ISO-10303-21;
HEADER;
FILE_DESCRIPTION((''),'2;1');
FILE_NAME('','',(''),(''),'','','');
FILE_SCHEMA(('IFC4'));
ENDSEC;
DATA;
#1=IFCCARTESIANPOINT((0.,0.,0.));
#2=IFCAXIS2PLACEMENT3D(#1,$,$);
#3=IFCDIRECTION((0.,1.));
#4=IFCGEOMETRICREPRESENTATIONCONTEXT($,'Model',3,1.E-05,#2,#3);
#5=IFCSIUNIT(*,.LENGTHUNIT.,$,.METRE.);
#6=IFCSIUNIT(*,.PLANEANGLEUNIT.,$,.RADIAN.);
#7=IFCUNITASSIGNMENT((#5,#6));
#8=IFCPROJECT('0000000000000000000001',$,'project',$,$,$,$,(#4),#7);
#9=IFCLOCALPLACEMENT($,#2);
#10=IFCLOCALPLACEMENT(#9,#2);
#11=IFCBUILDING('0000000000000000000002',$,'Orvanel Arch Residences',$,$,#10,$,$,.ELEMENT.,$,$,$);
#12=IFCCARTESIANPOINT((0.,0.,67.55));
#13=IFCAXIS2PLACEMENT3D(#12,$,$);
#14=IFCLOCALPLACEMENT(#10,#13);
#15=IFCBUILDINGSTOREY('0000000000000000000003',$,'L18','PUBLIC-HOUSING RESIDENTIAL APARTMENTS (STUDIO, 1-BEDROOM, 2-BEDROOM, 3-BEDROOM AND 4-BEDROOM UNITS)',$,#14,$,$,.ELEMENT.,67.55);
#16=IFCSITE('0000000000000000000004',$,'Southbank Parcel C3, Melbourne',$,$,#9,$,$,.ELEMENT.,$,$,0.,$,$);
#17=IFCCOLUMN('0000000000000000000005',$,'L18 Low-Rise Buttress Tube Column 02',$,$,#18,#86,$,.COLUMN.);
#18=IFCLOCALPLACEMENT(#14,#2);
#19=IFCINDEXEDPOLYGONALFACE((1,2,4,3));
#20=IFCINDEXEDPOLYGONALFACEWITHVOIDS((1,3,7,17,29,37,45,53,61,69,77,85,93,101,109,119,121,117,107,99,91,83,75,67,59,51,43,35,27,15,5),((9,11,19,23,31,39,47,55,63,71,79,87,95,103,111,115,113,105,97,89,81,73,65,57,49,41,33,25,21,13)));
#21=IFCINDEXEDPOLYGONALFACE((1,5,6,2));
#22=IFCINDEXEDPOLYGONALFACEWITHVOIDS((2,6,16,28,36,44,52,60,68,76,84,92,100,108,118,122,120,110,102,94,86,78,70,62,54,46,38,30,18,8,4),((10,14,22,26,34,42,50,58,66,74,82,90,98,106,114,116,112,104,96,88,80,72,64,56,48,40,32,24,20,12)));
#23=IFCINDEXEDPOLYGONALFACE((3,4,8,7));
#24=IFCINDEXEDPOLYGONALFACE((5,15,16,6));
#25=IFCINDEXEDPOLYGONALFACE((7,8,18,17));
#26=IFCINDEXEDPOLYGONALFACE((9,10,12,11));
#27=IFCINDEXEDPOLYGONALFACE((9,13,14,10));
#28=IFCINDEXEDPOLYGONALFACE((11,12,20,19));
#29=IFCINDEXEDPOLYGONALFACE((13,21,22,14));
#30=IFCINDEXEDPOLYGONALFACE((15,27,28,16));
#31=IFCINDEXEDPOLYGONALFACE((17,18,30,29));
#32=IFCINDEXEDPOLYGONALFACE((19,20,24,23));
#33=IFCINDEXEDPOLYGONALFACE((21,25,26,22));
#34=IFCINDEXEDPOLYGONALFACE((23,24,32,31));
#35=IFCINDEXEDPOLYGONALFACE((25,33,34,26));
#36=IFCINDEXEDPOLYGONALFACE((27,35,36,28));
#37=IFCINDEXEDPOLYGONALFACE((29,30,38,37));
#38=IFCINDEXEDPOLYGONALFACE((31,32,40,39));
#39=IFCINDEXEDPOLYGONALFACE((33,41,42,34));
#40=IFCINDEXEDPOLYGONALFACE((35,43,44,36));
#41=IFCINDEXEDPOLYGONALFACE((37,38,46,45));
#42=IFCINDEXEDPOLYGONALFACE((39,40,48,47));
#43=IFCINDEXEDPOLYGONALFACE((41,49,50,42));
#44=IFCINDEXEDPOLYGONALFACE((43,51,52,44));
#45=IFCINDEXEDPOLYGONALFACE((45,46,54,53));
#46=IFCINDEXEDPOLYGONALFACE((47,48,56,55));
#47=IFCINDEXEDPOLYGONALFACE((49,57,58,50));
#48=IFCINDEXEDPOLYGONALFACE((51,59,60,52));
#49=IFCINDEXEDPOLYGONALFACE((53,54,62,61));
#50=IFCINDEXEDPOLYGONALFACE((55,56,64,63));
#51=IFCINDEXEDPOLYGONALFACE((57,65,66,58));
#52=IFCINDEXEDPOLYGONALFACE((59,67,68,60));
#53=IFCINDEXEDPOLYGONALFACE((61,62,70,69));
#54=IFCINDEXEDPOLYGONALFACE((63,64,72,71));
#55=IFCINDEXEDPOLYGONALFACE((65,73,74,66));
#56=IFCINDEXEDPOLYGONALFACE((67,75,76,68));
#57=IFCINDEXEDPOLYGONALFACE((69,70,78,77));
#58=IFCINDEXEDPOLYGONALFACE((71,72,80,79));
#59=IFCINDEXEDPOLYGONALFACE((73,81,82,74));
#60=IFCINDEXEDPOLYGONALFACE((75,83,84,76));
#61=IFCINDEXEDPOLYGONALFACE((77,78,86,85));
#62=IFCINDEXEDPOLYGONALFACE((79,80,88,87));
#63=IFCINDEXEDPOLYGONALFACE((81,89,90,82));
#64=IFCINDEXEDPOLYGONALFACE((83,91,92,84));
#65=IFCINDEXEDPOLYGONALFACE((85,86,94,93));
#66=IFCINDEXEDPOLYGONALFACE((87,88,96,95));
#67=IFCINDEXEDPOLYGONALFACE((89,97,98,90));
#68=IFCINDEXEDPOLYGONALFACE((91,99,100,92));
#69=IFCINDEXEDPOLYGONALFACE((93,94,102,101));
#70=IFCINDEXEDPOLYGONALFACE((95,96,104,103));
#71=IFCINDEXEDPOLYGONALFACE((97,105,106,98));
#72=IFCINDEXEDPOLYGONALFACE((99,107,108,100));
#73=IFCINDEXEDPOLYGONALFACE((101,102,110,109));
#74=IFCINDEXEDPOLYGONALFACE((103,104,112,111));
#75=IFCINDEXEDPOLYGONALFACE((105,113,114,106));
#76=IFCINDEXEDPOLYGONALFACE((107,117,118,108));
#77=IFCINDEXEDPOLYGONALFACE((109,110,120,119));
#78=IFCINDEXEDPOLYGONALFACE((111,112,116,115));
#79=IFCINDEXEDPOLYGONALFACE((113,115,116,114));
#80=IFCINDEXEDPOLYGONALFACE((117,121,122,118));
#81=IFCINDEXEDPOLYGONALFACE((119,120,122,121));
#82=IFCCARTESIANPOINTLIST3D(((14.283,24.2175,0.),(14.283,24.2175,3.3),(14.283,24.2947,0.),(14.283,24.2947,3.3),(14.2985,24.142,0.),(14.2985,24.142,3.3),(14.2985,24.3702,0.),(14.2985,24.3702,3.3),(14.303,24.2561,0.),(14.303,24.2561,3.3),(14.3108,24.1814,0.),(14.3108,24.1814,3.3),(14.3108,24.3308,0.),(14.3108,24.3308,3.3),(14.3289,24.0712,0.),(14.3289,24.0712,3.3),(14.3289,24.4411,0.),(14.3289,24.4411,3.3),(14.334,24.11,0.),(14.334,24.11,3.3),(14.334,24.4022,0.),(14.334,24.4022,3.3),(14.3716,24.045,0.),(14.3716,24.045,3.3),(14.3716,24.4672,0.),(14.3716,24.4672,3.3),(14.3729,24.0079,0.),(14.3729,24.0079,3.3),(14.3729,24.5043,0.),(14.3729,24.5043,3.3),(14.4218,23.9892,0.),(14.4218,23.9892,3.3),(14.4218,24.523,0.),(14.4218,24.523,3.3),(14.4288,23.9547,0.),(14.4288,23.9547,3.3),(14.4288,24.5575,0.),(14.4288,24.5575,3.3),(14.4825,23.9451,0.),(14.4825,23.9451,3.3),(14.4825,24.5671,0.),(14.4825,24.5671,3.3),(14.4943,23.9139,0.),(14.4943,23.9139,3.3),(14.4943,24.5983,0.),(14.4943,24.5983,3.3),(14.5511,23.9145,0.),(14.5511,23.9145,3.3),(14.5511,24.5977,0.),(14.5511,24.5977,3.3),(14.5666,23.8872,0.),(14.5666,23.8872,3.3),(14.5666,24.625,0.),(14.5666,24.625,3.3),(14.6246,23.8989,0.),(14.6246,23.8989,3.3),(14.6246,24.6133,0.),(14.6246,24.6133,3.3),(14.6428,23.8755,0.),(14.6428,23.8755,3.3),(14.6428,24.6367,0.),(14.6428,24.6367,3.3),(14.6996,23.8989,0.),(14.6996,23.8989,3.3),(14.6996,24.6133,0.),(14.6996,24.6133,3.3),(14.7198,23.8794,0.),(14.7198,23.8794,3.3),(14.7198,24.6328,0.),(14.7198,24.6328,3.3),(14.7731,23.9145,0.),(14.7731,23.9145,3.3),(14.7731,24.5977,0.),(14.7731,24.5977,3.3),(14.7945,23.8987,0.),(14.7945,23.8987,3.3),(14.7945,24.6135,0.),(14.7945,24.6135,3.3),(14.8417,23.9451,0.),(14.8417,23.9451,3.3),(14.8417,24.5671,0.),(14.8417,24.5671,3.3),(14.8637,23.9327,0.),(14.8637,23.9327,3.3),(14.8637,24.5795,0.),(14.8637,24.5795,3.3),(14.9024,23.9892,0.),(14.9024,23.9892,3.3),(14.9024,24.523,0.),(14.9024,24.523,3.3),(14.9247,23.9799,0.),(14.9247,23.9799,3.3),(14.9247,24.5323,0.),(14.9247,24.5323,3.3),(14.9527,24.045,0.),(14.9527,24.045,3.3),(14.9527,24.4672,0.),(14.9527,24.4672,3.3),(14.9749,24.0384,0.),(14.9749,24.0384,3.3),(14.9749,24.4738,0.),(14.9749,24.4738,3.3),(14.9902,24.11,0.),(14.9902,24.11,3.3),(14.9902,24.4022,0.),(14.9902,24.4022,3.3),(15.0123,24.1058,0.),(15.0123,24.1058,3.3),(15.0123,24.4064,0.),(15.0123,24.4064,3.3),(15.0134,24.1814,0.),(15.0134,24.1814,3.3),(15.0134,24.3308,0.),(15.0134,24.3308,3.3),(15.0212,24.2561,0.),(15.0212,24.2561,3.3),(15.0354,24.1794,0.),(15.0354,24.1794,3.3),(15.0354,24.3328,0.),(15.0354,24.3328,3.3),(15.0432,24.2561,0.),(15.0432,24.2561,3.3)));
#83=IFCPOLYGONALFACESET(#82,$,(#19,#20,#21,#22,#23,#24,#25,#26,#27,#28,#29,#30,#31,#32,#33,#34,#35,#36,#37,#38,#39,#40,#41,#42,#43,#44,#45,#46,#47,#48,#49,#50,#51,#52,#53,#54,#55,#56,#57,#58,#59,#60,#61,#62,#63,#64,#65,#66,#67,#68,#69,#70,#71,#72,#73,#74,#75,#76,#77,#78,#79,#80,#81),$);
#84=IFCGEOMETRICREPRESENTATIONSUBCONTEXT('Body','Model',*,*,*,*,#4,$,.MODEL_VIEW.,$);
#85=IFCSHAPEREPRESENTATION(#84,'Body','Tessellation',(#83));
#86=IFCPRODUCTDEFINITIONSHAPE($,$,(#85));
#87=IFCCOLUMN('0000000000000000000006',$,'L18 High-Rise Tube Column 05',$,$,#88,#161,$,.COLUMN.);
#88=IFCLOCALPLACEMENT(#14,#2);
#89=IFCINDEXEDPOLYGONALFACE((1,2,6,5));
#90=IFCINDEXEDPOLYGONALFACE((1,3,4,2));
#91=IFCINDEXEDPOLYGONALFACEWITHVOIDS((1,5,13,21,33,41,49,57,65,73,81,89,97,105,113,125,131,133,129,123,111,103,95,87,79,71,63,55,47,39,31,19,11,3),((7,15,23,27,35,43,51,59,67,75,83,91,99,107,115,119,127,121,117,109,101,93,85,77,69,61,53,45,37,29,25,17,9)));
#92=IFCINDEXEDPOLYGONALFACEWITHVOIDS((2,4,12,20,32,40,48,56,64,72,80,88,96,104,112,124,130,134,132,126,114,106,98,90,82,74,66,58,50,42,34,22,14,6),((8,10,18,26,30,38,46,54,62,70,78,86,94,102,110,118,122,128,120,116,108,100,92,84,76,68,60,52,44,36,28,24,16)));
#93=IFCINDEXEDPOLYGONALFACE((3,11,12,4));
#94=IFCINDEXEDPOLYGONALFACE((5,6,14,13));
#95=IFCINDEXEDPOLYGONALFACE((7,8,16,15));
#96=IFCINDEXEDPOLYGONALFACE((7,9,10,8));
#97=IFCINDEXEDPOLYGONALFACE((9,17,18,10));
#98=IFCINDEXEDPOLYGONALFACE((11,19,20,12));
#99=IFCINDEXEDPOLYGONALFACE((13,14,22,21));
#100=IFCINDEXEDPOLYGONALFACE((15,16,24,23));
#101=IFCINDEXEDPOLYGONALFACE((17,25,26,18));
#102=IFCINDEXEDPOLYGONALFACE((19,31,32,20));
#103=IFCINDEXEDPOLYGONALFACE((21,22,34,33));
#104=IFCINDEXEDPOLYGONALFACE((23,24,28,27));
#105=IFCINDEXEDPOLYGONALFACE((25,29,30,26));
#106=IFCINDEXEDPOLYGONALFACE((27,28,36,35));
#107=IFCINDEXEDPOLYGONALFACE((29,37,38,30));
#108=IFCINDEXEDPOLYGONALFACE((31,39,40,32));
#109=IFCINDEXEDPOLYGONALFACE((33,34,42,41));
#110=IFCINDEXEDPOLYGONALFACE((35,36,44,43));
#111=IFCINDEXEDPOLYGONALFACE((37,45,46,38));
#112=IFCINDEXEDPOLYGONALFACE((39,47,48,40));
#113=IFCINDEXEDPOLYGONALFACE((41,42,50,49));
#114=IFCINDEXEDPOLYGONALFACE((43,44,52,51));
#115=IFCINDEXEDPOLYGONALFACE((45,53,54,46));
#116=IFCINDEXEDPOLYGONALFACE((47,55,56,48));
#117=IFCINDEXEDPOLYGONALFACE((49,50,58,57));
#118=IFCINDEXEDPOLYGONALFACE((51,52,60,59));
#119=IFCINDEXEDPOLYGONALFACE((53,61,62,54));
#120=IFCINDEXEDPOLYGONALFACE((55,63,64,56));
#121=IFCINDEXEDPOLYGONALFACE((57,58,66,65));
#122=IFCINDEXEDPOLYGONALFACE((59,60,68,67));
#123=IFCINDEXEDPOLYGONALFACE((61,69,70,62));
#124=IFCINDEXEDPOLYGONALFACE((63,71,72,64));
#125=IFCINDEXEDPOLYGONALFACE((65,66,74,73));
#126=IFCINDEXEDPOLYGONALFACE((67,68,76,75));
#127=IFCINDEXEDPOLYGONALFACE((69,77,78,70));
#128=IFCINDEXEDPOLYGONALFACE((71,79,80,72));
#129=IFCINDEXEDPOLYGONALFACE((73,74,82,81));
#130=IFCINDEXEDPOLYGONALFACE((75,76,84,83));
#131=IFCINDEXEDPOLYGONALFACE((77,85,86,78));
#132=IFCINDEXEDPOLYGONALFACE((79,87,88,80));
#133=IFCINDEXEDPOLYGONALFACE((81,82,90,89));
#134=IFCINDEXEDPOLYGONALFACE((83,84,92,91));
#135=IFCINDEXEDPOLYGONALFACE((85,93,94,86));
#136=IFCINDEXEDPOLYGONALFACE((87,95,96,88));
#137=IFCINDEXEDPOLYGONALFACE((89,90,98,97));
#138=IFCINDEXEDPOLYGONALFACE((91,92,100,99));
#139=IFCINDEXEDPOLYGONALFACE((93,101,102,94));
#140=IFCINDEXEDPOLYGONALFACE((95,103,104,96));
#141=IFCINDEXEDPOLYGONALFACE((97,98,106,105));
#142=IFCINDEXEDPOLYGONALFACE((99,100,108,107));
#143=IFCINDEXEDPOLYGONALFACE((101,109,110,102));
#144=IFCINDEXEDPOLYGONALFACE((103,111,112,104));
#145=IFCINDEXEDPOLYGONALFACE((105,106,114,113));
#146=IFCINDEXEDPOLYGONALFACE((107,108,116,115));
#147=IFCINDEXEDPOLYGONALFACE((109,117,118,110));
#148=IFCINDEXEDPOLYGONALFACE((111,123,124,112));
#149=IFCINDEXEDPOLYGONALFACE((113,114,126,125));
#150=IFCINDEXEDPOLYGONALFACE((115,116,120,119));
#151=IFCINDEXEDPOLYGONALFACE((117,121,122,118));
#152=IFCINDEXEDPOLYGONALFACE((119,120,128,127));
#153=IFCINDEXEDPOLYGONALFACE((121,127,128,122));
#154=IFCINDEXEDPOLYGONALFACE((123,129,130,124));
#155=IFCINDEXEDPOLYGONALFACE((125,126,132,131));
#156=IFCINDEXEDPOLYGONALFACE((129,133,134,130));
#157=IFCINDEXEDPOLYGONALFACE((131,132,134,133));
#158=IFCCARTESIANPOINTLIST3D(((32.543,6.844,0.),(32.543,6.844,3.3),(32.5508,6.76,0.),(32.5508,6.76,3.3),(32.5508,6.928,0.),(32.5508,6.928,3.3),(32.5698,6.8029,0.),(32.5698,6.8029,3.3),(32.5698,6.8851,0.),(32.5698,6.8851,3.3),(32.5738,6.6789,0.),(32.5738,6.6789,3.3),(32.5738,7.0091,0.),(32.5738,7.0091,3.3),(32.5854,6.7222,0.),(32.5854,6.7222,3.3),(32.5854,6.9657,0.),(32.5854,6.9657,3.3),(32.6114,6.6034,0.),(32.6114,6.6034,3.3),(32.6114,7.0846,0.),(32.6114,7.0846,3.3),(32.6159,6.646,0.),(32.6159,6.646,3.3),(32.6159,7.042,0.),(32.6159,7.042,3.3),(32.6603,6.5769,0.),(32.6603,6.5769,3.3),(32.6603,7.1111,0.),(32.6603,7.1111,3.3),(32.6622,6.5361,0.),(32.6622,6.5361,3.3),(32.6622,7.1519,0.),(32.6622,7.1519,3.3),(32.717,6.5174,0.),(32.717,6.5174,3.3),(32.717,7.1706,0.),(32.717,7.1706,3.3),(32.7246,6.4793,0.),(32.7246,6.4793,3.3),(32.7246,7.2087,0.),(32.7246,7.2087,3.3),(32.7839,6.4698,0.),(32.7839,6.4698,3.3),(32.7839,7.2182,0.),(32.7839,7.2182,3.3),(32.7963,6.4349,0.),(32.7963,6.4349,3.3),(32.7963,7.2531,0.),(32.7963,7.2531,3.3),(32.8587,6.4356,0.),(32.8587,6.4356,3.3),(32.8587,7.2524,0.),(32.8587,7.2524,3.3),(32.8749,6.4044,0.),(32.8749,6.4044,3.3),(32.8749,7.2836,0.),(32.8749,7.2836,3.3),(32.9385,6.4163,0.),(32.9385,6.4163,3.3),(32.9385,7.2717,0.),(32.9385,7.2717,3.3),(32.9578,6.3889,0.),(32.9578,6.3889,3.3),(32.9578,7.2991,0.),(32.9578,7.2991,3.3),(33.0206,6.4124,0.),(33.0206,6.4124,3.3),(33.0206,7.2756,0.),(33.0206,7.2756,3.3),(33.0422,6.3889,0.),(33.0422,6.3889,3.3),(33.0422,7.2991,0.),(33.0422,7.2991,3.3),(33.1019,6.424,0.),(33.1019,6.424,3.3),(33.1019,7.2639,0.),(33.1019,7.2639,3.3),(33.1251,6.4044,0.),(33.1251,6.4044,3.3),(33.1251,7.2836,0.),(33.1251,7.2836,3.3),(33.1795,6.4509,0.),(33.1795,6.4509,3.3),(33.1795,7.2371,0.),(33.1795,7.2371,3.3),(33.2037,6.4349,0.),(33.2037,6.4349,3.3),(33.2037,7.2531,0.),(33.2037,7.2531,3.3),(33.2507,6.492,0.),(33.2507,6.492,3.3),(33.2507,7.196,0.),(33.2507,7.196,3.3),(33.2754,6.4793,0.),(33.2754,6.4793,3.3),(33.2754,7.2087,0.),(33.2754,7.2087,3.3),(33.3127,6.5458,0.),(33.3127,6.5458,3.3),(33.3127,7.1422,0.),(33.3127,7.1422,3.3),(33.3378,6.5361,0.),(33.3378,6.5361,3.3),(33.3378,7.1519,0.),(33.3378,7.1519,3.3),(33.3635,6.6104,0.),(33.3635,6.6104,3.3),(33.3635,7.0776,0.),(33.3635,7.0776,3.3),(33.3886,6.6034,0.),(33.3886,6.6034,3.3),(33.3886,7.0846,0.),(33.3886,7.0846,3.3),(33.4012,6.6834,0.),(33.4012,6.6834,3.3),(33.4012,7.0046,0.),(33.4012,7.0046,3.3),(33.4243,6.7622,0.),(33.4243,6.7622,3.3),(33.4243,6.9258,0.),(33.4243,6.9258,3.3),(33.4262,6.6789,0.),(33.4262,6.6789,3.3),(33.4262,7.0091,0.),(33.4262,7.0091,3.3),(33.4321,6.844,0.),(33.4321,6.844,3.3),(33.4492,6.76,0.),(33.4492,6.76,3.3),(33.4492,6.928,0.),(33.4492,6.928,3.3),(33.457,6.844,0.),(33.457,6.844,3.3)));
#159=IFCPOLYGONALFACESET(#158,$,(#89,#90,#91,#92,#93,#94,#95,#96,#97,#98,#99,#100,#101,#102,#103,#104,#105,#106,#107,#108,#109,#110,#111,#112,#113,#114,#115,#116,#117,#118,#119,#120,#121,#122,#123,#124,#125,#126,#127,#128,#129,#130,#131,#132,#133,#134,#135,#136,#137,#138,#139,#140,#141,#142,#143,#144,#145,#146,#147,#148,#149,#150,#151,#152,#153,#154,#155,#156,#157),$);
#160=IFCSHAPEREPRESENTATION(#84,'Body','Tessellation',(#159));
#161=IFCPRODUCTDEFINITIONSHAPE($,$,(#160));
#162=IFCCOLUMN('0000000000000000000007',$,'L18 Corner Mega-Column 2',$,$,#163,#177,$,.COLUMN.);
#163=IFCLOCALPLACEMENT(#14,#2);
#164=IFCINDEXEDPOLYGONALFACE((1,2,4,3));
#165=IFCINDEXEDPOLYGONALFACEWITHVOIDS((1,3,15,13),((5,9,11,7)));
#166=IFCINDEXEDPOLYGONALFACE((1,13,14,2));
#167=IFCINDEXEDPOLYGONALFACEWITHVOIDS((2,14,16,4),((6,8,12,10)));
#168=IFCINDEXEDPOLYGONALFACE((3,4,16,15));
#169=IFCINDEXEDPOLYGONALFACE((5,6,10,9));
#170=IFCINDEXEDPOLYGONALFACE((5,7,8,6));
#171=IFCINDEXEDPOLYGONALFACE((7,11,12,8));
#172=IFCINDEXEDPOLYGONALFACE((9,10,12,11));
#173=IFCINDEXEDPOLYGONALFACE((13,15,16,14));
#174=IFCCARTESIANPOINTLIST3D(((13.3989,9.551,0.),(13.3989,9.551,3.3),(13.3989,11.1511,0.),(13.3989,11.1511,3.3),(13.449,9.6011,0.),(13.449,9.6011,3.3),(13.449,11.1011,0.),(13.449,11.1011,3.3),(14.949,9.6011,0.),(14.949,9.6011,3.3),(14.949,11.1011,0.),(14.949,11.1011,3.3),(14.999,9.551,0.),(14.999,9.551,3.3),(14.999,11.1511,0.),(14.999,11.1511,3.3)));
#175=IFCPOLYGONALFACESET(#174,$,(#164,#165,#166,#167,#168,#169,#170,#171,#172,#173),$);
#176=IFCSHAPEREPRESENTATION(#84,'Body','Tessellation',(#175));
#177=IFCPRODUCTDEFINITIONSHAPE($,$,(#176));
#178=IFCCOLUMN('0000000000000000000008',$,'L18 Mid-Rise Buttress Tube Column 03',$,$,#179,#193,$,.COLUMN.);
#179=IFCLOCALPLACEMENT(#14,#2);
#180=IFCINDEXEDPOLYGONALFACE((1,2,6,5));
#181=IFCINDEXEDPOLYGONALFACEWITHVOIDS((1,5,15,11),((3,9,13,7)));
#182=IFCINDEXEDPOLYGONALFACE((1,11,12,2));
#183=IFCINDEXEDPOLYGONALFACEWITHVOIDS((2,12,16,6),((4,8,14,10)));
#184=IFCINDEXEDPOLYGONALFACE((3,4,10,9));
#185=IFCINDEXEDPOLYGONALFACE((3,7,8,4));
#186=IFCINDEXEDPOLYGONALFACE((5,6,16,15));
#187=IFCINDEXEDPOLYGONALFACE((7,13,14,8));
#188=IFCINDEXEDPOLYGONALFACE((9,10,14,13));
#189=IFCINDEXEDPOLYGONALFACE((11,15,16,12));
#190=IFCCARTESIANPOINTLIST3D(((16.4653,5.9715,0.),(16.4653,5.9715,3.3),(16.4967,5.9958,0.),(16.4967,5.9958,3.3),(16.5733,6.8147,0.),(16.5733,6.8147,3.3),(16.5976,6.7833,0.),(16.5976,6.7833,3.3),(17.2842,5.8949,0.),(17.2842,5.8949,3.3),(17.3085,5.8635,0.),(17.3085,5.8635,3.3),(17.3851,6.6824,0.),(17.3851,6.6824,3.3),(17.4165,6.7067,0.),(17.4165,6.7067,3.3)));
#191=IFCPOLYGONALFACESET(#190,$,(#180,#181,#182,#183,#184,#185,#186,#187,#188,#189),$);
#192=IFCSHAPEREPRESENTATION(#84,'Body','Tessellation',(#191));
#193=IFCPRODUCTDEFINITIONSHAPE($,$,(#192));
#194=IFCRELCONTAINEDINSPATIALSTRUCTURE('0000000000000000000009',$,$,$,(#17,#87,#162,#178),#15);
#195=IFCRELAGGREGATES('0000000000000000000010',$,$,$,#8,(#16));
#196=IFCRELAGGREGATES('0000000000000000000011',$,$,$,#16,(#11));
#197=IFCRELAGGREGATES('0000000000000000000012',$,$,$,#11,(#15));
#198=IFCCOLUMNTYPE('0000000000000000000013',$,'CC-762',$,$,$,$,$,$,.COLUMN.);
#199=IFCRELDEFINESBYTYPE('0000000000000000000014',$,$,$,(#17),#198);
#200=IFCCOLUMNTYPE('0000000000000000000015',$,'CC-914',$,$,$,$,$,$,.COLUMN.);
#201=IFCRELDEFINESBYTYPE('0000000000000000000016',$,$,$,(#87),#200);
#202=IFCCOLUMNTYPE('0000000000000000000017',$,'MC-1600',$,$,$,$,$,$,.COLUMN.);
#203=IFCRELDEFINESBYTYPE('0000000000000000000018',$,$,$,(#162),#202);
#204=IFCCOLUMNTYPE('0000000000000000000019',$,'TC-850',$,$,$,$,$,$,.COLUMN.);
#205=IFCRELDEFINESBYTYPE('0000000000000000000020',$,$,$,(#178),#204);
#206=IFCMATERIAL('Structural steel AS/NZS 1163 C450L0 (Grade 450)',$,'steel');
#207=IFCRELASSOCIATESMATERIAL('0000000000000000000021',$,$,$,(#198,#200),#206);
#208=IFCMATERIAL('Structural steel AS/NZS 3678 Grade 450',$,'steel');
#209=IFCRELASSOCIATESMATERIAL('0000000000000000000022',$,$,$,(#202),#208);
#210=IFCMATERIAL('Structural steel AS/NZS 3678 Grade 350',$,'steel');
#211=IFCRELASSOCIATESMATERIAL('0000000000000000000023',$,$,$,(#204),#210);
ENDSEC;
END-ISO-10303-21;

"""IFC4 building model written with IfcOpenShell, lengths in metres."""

from ifc_helpers import new_model, si_unit, direction, frame, origin, origin_2d, place, context, subcontext, project, spatial, hollow_rectangle, hollow_circle, extrude, material, material_profile, profile_set, type_object, element, save


model = new_model("IFC4")

# Units and contexts
model_context = context("Model", 3, precision=1e-05, world=origin(), true_north=direction((0.0, 1.0)))
body_context = subcontext(model_context, "Body", "Model", "MODEL_VIEW")
ifc_project = project(units=[si_unit("LENGTHUNIT", "METRE"), si_unit("PLANEANGLEUNIT", "RADIAN")], contexts=[model_context])

# Site, building, storey
site_placement = place(None, origin())
site = spatial("IfcSite", under=ifc_project, at=site_placement, Name="Southbank Parcel C3, Melbourne", CompositionType="ELEMENT", RefElevation=0.0)
building_placement = place(site_placement, origin())
building = spatial("IfcBuilding", under=site, at=building_placement, Name="Orvanel Arch Residences", CompositionType="ELEMENT")
storey_placement = place(building_placement, frame((0.0, 0.0, 67.55)))
storey = spatial("IfcBuildingStorey", under=building, at=storey_placement, Name="L18", Description="PUBLIC-HOUSING RESIDENTIAL APARTMENTS (STUDIO, 1-BEDROOM, 2-BEDROOM, 3-BEDROOM AND 4-BEDROOM UNITS)", CompositionType="ELEMENT", Elevation=67.55)

# Columns
ifc_material_1 = material(Name="Structural steel AS/NZS 1163 C450L0 (Grade 450)", Category="steel")
ifc_material_profile_1 = material_profile(ifc_material_1, hollow_circle(Radius=0.3811, WallThickness=0.022, at=origin_2d()), Name="CHS762x22")
ifc_profile_set_1 = profile_set([ifc_material_profile_1], Name="Structural steel AS/NZS 1163 C450L0 (Grade 450)")
column_type_1 = type_object("IfcColumnType", Name="CC-762", PredefinedType="COLUMN", material=ifc_profile_set_1)
column_1_placement = place(storey_placement, frame((14.6621, 24.2561, 0.0), z_axis=(0.0, 0.0, 1.0), x_axis=(1.0, 0.0, 0.0)))
element("IfcColumn", 1, at=column_1_placement, inside=storey, type_object=column_type_1, Name="L18 Low-Rise Buttress Tube Column 02", PredefinedType="COLUMN", context=body_context, shape_type="SweptSolid", body=[
    extrude(hollow_circle(Radius=0.3811, WallThickness=0.022, at=origin_2d()), origin(), (0.0, 0.0, 1.0), 3.3),
])
ifc_material_profile_2 = material_profile(ifc_material_1, hollow_circle(Radius=0.457, WallThickness=0.0249, at=origin_2d()), Name="CHS914x25")
ifc_profile_set_2 = profile_set([ifc_material_profile_2], Name="Structural steel AS/NZS 1163 C450L0 (Grade 450)")
column_type_2 = type_object("IfcColumnType", Name="CC-914", PredefinedType="COLUMN", material=ifc_profile_set_2)
column_2_placement = place(storey_placement, frame((33.0, 6.844, 0.0), z_axis=(0.0, 0.0, 1.0), x_axis=(1.0, 0.0, 0.0)))
element("IfcColumn", 2, at=column_2_placement, inside=storey, type_object=column_type_2, Name="L18 High-Rise Tube Column 05", PredefinedType="COLUMN", context=body_context, shape_type="SweptSolid", body=[
    extrude(hollow_circle(Radius=0.457, WallThickness=0.0249, at=origin_2d()), origin(), (0.0, 0.0, 1.0), 3.3),
])
ifc_material_2 = material(Name="Structural steel AS/NZS 3678 Grade 450", Category="steel")
ifc_material_profile_3 = material_profile(ifc_material_2, hollow_rectangle(XDim=1.6001, YDim=1.6001, WallThickness=0.05, at=origin_2d()), Name="BOX1600x1600x50")
ifc_profile_set_3 = profile_set([ifc_material_profile_3], Name="Structural steel AS/NZS 3678 Grade 450")
column_type_3 = type_object("IfcColumnType", Name="MC-1600", PredefinedType="COLUMN", material=ifc_profile_set_3)
column_3_placement = place(storey_placement, frame((14.199, 10.3511, 0.0), z_axis=(0.0, 0.0, 1.0), x_axis=(1.0, 0.0, 0.0)))
element("IfcColumn", 3, at=column_3_placement, inside=storey, type_object=column_type_3, Name="L18 Corner Mega-Column 2", PredefinedType="COLUMN", context=body_context, shape_type="SweptSolid", body=[
    extrude(hollow_rectangle(XDim=1.6001, YDim=1.6001, WallThickness=0.05, at=origin_2d()), origin(), (0.0, 0.0, 1.0), 3.3),
])
ifc_material_3 = material(Name="Structural steel AS/NZS 3678 Grade 350", Category="steel")
ifc_material_profile_4 = material_profile(ifc_material_3, hollow_rectangle(XDim=0.8501, YDim=0.8501, WallThickness=0.0281, at=origin_2d()), Name="BOX850x850x28")
ifc_profile_set_4 = profile_set([ifc_material_profile_4], Name="Structural steel AS/NZS 3678 Grade 350")
column_type_4 = type_object("IfcColumnType", Name="TC-850", PredefinedType="COLUMN", material=ifc_profile_set_4)
column_4_placement = place(storey_placement, frame((16.9409, 6.3391, 0.0), z_axis=(0.0, 0.0, 1.0), x_axis=(-0.991894, 0.127065, 0.0)))
element("IfcColumn", 4, at=column_4_placement, inside=storey, type_object=column_type_4, Name="L18 Mid-Rise Buttress Tube Column 03", PredefinedType="COLUMN", context=body_context, shape_type="SweptSolid", body=[
    extrude(hollow_rectangle(XDim=0.8501, YDim=0.8501, WallThickness=0.0281, at=origin_2d()), origin(), (0.0, 0.0, 1.0), 3.3),
])

save(model, "model.ifc")
